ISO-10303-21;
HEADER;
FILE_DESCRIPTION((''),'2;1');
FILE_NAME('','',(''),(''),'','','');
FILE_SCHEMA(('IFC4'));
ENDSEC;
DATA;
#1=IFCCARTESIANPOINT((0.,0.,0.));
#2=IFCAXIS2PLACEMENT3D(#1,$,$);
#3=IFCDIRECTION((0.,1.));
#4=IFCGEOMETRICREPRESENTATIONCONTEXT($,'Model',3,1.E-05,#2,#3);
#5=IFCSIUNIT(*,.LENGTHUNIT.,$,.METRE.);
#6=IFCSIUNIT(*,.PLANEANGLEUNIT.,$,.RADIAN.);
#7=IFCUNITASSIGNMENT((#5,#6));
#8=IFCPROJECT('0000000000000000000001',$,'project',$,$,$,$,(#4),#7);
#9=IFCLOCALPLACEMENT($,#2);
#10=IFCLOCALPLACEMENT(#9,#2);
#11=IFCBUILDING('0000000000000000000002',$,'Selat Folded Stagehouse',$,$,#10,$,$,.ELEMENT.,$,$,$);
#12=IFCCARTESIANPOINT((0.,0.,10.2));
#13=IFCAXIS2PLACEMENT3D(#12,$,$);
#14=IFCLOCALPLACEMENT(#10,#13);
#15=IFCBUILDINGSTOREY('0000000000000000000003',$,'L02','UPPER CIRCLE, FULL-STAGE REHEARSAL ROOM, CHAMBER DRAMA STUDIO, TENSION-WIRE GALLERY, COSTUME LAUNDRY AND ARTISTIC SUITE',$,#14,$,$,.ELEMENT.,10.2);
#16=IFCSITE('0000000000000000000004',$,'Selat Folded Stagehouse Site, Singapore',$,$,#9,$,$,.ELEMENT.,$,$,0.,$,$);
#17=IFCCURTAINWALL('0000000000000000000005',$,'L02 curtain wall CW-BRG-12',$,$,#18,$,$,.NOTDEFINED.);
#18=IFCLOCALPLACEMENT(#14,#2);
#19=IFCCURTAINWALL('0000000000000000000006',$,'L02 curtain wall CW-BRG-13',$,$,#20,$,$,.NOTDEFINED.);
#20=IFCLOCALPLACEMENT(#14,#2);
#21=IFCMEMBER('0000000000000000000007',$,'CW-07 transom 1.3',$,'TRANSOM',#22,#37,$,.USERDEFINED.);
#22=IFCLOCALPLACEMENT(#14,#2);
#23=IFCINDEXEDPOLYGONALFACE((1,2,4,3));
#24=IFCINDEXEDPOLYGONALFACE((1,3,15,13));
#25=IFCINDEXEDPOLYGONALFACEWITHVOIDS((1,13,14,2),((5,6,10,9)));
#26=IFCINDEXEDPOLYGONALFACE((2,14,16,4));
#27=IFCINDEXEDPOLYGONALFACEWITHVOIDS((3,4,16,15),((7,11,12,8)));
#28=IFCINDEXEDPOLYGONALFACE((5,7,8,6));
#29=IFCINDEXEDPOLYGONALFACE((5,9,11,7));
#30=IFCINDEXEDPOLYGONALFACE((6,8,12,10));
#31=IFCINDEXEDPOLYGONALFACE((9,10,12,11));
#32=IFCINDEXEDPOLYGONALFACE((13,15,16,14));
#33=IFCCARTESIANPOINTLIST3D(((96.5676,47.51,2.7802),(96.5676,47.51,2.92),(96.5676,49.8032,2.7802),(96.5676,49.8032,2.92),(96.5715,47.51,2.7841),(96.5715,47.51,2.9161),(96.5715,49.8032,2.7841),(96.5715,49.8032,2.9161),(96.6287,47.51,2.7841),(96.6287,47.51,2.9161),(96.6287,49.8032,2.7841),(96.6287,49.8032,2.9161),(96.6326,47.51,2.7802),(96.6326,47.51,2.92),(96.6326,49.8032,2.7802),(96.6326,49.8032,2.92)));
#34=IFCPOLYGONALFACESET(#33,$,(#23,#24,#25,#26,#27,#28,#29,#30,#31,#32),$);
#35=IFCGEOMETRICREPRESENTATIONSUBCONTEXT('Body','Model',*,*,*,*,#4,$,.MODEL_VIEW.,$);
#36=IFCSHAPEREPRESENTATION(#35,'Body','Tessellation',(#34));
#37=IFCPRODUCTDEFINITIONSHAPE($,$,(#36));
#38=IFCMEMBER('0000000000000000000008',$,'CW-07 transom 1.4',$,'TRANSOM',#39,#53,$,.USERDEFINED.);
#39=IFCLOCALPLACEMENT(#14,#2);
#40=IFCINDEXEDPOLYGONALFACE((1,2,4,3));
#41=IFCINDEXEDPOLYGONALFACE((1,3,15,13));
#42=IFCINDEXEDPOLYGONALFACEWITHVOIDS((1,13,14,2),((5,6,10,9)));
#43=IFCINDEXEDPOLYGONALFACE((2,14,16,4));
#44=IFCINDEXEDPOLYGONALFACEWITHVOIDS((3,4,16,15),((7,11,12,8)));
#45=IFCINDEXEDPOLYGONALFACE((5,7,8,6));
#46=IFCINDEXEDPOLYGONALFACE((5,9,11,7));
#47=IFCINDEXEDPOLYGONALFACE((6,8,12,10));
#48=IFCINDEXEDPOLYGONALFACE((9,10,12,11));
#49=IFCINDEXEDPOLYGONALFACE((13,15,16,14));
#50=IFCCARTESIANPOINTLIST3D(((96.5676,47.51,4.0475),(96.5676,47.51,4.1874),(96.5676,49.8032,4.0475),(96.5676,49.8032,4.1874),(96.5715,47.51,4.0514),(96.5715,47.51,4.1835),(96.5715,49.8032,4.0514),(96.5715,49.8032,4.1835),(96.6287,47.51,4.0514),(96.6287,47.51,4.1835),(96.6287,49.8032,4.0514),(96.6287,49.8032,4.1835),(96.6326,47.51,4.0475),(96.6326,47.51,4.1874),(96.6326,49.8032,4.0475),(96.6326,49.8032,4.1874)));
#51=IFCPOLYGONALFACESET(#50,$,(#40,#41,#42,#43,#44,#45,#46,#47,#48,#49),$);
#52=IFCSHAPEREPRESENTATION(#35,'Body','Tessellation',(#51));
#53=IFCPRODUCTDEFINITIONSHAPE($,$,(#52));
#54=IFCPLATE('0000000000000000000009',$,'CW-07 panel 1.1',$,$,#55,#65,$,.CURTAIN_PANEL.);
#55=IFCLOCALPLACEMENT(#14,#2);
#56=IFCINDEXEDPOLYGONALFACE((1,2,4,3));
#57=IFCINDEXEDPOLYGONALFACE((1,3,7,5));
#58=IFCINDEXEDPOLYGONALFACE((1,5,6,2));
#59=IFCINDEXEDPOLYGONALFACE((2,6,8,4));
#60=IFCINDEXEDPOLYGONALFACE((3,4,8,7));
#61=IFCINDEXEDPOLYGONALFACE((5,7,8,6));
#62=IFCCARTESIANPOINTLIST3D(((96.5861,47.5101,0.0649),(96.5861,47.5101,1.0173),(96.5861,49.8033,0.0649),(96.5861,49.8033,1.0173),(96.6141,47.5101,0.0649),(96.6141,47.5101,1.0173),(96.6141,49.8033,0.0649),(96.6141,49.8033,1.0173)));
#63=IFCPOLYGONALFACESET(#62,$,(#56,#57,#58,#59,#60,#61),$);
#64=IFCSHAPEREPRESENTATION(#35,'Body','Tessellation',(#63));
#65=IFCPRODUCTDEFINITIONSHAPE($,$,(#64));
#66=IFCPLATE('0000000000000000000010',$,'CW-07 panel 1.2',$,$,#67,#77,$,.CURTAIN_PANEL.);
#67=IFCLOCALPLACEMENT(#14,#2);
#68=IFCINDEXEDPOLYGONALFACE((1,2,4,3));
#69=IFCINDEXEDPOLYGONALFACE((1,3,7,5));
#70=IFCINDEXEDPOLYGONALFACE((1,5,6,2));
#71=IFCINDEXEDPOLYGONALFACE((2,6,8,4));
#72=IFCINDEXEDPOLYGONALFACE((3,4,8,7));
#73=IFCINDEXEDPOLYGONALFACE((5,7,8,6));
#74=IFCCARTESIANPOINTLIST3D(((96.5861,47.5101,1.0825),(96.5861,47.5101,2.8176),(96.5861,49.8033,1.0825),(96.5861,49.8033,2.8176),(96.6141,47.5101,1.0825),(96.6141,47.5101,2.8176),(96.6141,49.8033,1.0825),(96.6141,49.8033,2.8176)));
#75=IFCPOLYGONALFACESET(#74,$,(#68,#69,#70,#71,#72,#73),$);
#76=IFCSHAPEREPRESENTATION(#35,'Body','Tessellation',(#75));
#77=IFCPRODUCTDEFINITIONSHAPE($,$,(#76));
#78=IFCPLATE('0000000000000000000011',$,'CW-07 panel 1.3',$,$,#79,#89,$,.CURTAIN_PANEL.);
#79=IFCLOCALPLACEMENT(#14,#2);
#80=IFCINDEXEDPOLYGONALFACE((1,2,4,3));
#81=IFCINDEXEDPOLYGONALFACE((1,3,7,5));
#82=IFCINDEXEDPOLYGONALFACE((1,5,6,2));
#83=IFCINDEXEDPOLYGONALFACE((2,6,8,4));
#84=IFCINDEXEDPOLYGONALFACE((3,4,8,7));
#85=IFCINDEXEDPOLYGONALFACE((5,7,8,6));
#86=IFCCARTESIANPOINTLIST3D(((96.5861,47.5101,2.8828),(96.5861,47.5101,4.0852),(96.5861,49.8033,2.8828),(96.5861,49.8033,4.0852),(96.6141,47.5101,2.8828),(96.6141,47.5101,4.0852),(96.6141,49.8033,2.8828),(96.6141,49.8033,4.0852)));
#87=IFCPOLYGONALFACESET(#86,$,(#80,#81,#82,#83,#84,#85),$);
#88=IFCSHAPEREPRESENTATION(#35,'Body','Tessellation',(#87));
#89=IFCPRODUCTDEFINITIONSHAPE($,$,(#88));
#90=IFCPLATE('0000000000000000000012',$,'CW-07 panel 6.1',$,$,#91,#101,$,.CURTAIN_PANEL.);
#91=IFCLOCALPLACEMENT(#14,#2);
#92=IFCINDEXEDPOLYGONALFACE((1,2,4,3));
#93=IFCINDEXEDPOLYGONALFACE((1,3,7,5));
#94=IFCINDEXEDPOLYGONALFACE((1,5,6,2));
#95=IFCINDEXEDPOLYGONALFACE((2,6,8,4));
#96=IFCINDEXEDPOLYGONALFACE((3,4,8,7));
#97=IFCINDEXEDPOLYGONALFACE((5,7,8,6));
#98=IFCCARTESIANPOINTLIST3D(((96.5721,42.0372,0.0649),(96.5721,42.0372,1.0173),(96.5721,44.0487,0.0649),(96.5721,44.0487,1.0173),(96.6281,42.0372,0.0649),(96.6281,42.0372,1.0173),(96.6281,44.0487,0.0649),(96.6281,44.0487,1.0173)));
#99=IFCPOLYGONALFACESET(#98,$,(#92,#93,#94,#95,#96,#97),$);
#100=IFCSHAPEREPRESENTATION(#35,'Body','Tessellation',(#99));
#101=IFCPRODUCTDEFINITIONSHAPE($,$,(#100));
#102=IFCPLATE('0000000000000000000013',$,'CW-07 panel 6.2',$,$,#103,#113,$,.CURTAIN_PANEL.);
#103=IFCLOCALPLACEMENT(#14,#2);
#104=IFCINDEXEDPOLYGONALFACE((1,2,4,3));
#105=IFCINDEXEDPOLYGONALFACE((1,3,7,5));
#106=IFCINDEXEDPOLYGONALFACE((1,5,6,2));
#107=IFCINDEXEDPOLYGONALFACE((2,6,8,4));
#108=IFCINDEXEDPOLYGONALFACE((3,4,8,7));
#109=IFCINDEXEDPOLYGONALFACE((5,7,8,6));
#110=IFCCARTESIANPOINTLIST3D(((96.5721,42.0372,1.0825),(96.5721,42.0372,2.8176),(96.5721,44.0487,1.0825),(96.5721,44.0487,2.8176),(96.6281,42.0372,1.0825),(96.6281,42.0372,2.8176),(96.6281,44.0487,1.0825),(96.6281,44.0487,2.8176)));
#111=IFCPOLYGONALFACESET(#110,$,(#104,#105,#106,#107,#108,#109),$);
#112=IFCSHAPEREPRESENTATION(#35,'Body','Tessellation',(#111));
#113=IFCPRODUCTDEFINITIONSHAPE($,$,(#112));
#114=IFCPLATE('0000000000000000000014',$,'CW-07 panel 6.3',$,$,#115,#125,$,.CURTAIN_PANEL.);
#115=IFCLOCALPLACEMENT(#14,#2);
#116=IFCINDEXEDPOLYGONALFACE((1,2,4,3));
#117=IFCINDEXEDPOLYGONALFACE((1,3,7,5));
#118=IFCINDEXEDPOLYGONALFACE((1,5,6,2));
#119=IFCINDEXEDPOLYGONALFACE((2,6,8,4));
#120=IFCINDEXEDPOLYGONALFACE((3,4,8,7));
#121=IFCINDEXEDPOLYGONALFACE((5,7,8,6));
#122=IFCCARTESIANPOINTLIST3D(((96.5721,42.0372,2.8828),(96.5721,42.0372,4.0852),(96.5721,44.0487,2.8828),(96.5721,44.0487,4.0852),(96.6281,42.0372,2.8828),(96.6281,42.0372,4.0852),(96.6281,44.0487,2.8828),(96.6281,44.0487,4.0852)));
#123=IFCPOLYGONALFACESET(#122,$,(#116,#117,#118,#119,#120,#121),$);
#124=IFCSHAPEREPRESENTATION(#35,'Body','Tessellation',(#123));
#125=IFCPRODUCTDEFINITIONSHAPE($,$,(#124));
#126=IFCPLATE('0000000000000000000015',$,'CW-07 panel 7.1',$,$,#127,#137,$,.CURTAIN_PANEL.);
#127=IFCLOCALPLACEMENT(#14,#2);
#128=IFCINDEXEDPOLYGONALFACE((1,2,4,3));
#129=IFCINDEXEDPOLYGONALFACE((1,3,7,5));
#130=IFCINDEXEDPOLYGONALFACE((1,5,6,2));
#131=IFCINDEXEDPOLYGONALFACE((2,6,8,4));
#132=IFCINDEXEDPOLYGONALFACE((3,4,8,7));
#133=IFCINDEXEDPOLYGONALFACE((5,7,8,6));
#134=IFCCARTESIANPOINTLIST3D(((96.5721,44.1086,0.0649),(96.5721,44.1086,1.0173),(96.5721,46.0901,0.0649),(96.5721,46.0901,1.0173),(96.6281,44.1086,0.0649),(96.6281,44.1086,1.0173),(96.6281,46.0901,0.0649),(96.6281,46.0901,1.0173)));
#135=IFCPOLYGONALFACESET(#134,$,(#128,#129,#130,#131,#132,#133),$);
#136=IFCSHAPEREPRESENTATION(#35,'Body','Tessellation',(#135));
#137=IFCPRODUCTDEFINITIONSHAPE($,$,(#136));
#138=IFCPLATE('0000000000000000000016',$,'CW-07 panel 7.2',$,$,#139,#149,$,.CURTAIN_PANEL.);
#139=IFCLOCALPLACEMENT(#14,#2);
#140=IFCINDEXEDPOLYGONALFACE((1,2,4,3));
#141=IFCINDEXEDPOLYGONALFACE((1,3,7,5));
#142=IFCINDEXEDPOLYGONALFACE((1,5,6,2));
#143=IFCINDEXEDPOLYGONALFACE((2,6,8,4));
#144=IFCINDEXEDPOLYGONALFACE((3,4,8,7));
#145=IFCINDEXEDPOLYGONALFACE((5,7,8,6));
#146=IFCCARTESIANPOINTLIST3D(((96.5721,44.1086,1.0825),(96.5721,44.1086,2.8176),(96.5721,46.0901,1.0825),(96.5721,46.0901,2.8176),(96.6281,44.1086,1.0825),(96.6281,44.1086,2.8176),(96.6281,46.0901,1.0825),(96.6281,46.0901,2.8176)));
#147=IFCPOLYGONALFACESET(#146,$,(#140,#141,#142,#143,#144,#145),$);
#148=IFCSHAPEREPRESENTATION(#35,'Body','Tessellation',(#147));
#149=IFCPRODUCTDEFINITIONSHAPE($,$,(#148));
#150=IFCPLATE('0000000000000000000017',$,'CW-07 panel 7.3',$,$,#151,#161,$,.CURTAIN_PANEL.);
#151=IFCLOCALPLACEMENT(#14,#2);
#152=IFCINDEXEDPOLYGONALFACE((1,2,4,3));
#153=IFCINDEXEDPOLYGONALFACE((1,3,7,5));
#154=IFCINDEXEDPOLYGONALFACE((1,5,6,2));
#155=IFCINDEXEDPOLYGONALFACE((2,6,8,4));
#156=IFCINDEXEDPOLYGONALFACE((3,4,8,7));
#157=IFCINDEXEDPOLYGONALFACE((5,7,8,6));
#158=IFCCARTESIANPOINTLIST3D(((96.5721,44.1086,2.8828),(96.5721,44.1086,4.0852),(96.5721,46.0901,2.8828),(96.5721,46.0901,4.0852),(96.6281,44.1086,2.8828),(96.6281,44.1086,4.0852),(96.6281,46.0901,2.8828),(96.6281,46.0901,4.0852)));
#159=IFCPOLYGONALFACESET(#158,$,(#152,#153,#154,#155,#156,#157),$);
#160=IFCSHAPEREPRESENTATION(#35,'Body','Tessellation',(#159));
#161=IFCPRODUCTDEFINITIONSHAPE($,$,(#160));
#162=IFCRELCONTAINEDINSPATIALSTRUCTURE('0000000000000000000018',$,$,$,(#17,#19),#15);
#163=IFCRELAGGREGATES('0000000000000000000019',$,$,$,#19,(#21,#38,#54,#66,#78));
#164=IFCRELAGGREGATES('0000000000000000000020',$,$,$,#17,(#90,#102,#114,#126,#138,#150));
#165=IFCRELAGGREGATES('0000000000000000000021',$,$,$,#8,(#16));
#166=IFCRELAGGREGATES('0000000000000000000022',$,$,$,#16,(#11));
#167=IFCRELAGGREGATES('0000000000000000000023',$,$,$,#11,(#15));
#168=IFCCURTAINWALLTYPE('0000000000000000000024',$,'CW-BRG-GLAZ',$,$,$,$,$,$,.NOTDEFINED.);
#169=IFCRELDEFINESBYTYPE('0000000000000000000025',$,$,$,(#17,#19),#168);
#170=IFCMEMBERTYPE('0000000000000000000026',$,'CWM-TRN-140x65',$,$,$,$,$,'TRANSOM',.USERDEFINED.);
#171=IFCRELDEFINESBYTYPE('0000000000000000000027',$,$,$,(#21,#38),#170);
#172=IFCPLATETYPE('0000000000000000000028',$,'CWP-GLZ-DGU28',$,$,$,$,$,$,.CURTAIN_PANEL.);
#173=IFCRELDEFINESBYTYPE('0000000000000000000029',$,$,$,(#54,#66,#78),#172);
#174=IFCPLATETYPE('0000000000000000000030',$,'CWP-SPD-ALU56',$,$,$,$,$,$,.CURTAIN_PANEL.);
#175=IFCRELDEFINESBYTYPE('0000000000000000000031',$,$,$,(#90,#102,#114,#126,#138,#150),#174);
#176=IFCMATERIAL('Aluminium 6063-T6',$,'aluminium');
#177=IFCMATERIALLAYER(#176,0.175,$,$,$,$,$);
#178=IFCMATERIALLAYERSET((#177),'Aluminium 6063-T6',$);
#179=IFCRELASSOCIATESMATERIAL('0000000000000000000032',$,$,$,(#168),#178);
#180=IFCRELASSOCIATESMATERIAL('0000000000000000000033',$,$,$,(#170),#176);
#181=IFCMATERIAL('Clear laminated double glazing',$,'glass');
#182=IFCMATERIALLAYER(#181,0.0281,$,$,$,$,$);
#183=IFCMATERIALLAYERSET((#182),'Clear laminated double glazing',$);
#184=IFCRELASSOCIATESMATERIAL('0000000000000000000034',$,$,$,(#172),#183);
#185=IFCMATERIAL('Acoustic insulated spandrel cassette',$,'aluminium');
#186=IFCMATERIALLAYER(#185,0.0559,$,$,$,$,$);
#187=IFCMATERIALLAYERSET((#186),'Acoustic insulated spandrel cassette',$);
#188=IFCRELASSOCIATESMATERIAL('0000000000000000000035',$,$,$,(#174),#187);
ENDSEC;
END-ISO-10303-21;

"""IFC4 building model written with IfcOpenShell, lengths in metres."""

from ifc_helpers import new_model, si_unit, direction, frame, origin, origin_2d, place, context, subcontext, project, spatial, rectangle, hollow_rectangle, extrude, material, layer, layer_set, material_profile, profile_set, type_object, element, aggregate, save


model = new_model("IFC4")

# Units and contexts
model_context = context("Model", 3, precision=1e-05, world=origin(), true_north=direction((0.0, 1.0)))
body_context = subcontext(model_context, "Body", "Model", "MODEL_VIEW")
ifc_project = project(units=[si_unit("LENGTHUNIT", "METRE"), si_unit("PLANEANGLEUNIT", "RADIAN")], contexts=[model_context])

# Site, building, storey
site_placement = place(None, origin())
site = spatial("IfcSite", under=ifc_project, at=site_placement, Name="Selat Folded Stagehouse Site, Singapore", CompositionType="ELEMENT", RefElevation=0.0)
building_placement = place(site_placement, origin())
building = spatial("IfcBuilding", under=site, at=building_placement, Name="Selat Folded Stagehouse", CompositionType="ELEMENT")
storey_placement = place(building_placement, frame((0.0, 0.0, 10.2)))
storey = spatial("IfcBuildingStorey", under=building, at=storey_placement, Name="L02", Description="UPPER CIRCLE, FULL-STAGE REHEARSAL ROOM, CHAMBER DRAMA STUDIO, TENSION-WIRE GALLERY, COSTUME LAUNDRY AND ARTISTIC SUITE", CompositionType="ELEMENT", Elevation=10.2)

# Curtain wall
ifc_material_1 = material(Name="Aluminium 6063-T6", Category="aluminium")
ifc_layer_1 = layer(ifc_material_1, 0.175)
ifc_layer_set_1 = layer_set([ifc_layer_1], Name="Aluminium 6063-T6")
curtain_wall_type = type_object("IfcCurtainWallType", Name="CW-BRG-GLAZ", PredefinedType="NOTDEFINED", material=ifc_layer_set_1)
curtain_wall_1_placement = place(storey_placement, origin())
curtain_wall_1 = element("IfcCurtainWall", 1, at=curtain_wall_1_placement, inside=storey, type_object=curtain_wall_type, Name="L02 curtain wall CW-BRG-12", PredefinedType="NOTDEFINED")

# Curtain wall
curtain_wall_2_placement = place(storey_placement, origin())
curtain_wall_2 = element("IfcCurtainWall", 2, at=curtain_wall_2_placement, inside=storey, type_object=curtain_wall_type, Name="L02 curtain wall CW-BRG-13", PredefinedType="NOTDEFINED")

# Members
ifc_material_profile_1 = material_profile(ifc_material_1, hollow_rectangle(XDim=0.0649, YDim=0.1399, WallThickness=0.0039, at=origin_2d()), Name="ALU 140x65x4.0")
ifc_profile_set_1 = profile_set([ifc_material_profile_1], Name="Aluminium 6063-T6")
member_type_1 = type_object("IfcMemberType", Name="CWM-TRN-140x65", ElementType="TRANSOM", PredefinedType="USERDEFINED", material=ifc_profile_set_1)
member_1_placement = place(storey_placement, frame((96.6001, 47.51, 2.8501), z_axis=(0.0, 1.0, 0.0), x_axis=(-1.0, 0.0, 0.0)))
member_1 = element("IfcMember", 3, at=member_1_placement, type_object=member_type_1, Name="CW-07 transom 1.3", ObjectType="TRANSOM", PredefinedType="USERDEFINED", context=body_context, shape_type="SweptSolid", body=[
    extrude(hollow_rectangle(XDim=0.0649, YDim=0.1399, WallThickness=0.0039, at=origin_2d()), origin(), (0.0, 0.0, 1.0), 2.2932),
])
member_2_placement = place(storey_placement, frame((96.6001, 47.51, 4.1174), z_axis=(0.0, 1.0, 0.0), x_axis=(-1.0, 0.0, 0.0)))
member_2 = element("IfcMember", 4, at=member_2_placement, type_object=member_type_1, Name="CW-07 transom 1.4", ObjectType="TRANSOM", PredefinedType="USERDEFINED", context=body_context, shape_type="SweptSolid", body=[
    extrude(hollow_rectangle(XDim=0.0649, YDim=0.1399, WallThickness=0.0039, at=origin_2d()), origin(), (0.0, 0.0, 1.0), 2.2932),
])

# Plates
ifc_material_2 = material(Name="Clear laminated double glazing", Category="glass")
ifc_layer_2 = layer(ifc_material_2, 0.0281)
ifc_layer_set_2 = layer_set([ifc_layer_2], Name="Clear laminated double glazing")
plate_type_1 = type_object("IfcPlateType", Name="CWP-GLZ-DGU28", PredefinedType="CURTAIN_PANEL", material=ifc_layer_set_2)
plate_1_placement = place(storey_placement, frame((96.6001, 48.6567, 0.0649), z_axis=(0.0, 0.0, 1.0), x_axis=(0.0, 1.0, 0.0)))
plate_1 = element("IfcPlate", 5, at=plate_1_placement, type_object=plate_type_1, Name="CW-07 panel 1.1", PredefinedType="CURTAIN_PANEL", context=body_context, shape_type="SweptSolid", body=[
    extrude(rectangle(XDim=2.2932, YDim=0.0281, at=origin_2d()), origin(), (0.0, 0.0, 1.0), 0.9524),
])
plate_2_placement = place(storey_placement, frame((96.6001, 48.6567, 1.0825), z_axis=(0.0, 0.0, 1.0), x_axis=(0.0, 1.0, 0.0)))
plate_2 = element("IfcPlate", 6, at=plate_2_placement, type_object=plate_type_1, Name="CW-07 panel 1.2", PredefinedType="CURTAIN_PANEL", context=body_context, shape_type="SweptSolid", body=[
    extrude(rectangle(XDim=2.2932, YDim=0.0281, at=origin_2d()), origin(), (0.0, 0.0, 1.0), 1.7351),
])
plate_3_placement = place(storey_placement, frame((96.6001, 48.6567, 2.8828), z_axis=(0.0, 0.0, 1.0), x_axis=(0.0, 1.0, 0.0)))
plate_3 = element("IfcPlate", 7, at=plate_3_placement, type_object=plate_type_1, Name="CW-07 panel 1.3", PredefinedType="CURTAIN_PANEL", context=body_context, shape_type="SweptSolid", body=[
    extrude(rectangle(XDim=2.2932, YDim=0.0281, at=origin_2d()), origin(), (0.0, 0.0, 1.0), 1.2024),
])
aggregate(curtain_wall_2, [member_1, member_2, plate_1, plate_2, plate_3])
ifc_material_3 = material(Name="Acoustic insulated spandrel cassette", Category="aluminium")
ifc_layer_3 = layer(ifc_material_3, 0.0559)
ifc_layer_set_3 = layer_set([ifc_layer_3], Name="Acoustic insulated spandrel cassette")
plate_type_2 = type_object("IfcPlateType", Name="CWP-SPD-ALU56", PredefinedType="CURTAIN_PANEL", material=ifc_layer_set_3)
plate_4_placement = place(storey_placement, frame((96.6001, 43.043, 0.0649), z_axis=(0.0, 0.0, 1.0), x_axis=(0.0, 1.0, 0.0)))
plate_4 = element("IfcPlate", 8, at=plate_4_placement, type_object=plate_type_2, Name="CW-07 panel 6.1", PredefinedType="CURTAIN_PANEL", context=body_context, shape_type="SweptSolid", body=[
    extrude(rectangle(XDim=2.0115, YDim=0.0559, at=origin_2d()), origin(), (0.0, 0.0, 1.0), 0.9524),
])
plate_5_placement = place(storey_placement, frame((96.6001, 43.043, 1.0825), z_axis=(0.0, 0.0, 1.0), x_axis=(0.0, 1.0, 0.0)))
plate_5 = element("IfcPlate", 9, at=plate_5_placement, type_object=plate_type_2, Name="CW-07 panel 6.2", PredefinedType="CURTAIN_PANEL", context=body_context, shape_type="SweptSolid", body=[
    extrude(rectangle(XDim=2.0115, YDim=0.0559, at=origin_2d()), origin(), (0.0, 0.0, 1.0), 1.7351),
])
plate_6_placement = place(storey_placement, frame((96.6001, 43.043, 2.8828), z_axis=(0.0, 0.0, 1.0), x_axis=(0.0, 1.0, 0.0)))
plate_6 = element("IfcPlate", 10, at=plate_6_placement, type_object=plate_type_2, Name="CW-07 panel 6.3", PredefinedType="CURTAIN_PANEL", context=body_context, shape_type="SweptSolid", body=[
    extrude(rectangle(XDim=2.0115, YDim=0.0559, at=origin_2d()), origin(), (0.0, 0.0, 1.0), 1.2024),
])
plate_7_placement = place(storey_placement, frame((96.6001, 45.0994, 0.0649), z_axis=(0.0, 0.0, 1.0), x_axis=(0.0, 1.0, 0.0)))
plate_7 = element("IfcPlate", 11, at=plate_7_placement, type_object=plate_type_2, Name="CW-07 panel 7.1", PredefinedType="CURTAIN_PANEL", context=body_context, shape_type="SweptSolid", body=[
    extrude(rectangle(XDim=1.9814, YDim=0.0559, at=origin_2d()), origin(), (0.0, 0.0, 1.0), 0.9524),
])
plate_8_placement = place(storey_placement, frame((96.6001, 45.0994, 1.0825), z_axis=(0.0, 0.0, 1.0), x_axis=(0.0, 1.0, 0.0)))
plate_8 = element("IfcPlate", 12, at=plate_8_placement, type_object=plate_type_2, Name="CW-07 panel 7.2", PredefinedType="CURTAIN_PANEL", context=body_context, shape_type="SweptSolid", body=[
    extrude(rectangle(XDim=1.9814, YDim=0.0559, at=origin_2d()), origin(), (0.0, 0.0, 1.0), 1.7351),
])
plate_9_placement = place(storey_placement, frame((96.6001, 45.0994, 2.8828), z_axis=(0.0, 0.0, 1.0), x_axis=(0.0, 1.0, 0.0)))
plate_9 = element("IfcPlate", 13, at=plate_9_placement, type_object=plate_type_2, Name="CW-07 panel 7.3", PredefinedType="CURTAIN_PANEL", context=body_context, shape_type="SweptSolid", body=[
    extrude(rectangle(XDim=1.9814, YDim=0.0559, at=origin_2d()), origin(), (0.0, 0.0, 1.0), 1.2024),
])
aggregate(curtain_wall_1, [plate_4, plate_5, plate_6, plate_7, plate_8, plate_9])

save(model, "model.ifc")
